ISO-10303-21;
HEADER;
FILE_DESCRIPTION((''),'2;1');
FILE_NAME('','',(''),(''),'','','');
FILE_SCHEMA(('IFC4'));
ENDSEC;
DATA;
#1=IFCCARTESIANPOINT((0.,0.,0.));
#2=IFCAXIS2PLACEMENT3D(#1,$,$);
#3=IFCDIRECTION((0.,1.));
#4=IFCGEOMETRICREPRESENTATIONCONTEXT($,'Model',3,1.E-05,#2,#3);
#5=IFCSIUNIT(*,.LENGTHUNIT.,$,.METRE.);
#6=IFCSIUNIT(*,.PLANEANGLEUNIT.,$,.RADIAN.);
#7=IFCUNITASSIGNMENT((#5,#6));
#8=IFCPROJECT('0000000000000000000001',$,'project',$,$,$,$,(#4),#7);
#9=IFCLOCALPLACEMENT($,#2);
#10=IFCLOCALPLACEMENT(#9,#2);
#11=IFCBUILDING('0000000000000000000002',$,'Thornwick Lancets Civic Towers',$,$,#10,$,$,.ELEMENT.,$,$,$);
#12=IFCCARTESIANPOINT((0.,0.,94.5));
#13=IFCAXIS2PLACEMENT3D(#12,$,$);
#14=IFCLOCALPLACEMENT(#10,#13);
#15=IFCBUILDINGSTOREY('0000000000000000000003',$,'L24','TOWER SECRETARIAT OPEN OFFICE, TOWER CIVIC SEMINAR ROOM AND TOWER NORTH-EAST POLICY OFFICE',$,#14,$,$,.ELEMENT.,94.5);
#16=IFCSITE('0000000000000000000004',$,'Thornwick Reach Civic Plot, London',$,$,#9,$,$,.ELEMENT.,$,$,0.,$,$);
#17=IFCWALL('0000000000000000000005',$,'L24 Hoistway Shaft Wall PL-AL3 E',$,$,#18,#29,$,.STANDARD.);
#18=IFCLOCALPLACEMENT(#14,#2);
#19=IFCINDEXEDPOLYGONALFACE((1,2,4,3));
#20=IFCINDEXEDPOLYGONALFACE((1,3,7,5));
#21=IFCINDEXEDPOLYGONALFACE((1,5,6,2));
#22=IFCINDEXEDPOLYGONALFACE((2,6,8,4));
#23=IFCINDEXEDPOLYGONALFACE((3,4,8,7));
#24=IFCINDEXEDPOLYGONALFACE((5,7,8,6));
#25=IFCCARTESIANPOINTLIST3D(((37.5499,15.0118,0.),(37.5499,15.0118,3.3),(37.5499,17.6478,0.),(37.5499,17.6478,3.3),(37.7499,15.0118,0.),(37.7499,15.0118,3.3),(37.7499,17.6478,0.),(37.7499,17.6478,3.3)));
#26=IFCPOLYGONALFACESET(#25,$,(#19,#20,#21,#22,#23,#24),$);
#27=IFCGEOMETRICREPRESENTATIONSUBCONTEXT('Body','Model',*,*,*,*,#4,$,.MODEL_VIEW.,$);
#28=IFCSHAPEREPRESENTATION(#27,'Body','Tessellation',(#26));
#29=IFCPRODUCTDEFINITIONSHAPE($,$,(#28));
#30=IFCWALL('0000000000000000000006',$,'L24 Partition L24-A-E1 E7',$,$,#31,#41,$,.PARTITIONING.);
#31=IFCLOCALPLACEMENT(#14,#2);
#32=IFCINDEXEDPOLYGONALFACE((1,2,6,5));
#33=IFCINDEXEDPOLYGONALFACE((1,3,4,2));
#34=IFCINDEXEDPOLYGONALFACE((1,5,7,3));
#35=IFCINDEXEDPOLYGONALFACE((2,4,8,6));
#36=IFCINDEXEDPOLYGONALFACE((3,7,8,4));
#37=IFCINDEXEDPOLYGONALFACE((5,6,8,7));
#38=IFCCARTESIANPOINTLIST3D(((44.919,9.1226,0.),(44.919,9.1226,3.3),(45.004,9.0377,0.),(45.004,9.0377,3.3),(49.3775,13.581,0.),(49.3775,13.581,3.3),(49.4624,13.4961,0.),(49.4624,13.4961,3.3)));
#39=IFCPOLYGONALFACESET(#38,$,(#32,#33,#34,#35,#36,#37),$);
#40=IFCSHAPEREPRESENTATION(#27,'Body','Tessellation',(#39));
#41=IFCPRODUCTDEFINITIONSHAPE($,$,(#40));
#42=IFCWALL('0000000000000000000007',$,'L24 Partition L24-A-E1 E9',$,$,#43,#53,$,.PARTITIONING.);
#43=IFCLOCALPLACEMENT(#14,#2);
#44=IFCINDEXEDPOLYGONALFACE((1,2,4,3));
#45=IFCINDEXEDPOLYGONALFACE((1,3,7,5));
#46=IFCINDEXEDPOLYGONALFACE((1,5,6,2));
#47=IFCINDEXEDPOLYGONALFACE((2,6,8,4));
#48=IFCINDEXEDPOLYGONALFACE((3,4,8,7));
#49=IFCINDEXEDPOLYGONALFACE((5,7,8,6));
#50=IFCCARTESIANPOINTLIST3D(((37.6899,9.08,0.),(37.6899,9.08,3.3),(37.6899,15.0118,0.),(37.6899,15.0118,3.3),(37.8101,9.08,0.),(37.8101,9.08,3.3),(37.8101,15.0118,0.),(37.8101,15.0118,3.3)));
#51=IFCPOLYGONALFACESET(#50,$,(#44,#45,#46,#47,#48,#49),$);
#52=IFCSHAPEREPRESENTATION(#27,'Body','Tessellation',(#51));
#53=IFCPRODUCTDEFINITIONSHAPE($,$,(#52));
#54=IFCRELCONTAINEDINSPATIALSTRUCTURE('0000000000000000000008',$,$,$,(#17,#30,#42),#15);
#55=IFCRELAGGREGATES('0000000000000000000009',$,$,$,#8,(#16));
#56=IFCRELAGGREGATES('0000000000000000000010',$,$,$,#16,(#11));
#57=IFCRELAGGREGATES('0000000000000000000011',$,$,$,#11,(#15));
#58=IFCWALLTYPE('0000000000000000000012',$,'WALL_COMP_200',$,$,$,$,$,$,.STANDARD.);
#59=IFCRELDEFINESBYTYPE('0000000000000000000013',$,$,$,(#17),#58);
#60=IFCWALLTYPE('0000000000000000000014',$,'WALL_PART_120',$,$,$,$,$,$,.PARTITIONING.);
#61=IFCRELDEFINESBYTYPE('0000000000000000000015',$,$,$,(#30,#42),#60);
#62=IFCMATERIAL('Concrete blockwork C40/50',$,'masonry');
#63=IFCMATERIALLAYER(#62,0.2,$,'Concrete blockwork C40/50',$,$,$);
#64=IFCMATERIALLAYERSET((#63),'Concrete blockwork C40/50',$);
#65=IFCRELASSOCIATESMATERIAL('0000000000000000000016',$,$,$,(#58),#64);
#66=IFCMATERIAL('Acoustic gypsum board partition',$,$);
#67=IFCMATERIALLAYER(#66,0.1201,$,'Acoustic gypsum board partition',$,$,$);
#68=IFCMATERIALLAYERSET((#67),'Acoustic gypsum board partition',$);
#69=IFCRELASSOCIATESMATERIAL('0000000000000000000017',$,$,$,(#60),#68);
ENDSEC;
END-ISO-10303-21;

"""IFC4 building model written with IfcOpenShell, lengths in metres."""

from ifc_helpers import new_model, si_unit, direction, frame, frame_2d, origin, place, context, subcontext, project, spatial, rectangle, extrude, material, layer, layer_set, type_object, element, save


model = new_model("IFC4")

# Units and contexts
model_context = context("Model", 3, precision=1e-05, world=origin(), true_north=direction((0.0, 1.0)))
body_context = subcontext(model_context, "Body", "Model", "MODEL_VIEW")
ifc_project = project(units=[si_unit("LENGTHUNIT", "METRE"), si_unit("PLANEANGLEUNIT", "RADIAN")], contexts=[model_context])

# Site, building, storey
site_placement = place(None, origin())
site = spatial("IfcSite", under=ifc_project, at=site_placement, Name="Thornwick Reach Civic Plot, London", CompositionType="ELEMENT", RefElevation=0.0)
building_placement = place(site_placement, origin())
building = spatial("IfcBuilding", under=site, at=building_placement, Name="Thornwick Lancets Civic Towers", CompositionType="ELEMENT")
storey_placement = place(building_placement, frame((0.0, 0.0, 94.5)))
storey = spatial("IfcBuildingStorey", under=building, at=storey_placement, Name="L24", Description="TOWER SECRETARIAT OPEN OFFICE, TOWER CIVIC SEMINAR ROOM AND TOWER NORTH-EAST POLICY OFFICE", CompositionType="ELEMENT", Elevation=94.5)

# Shared definitions
ifc_material_1 = material(Name="Concrete blockwork C40/50", Category="masonry")
ifc_layer_1 = layer(ifc_material_1, 0.2, Name="Concrete blockwork C40/50")
ifc_layer_set_1 = layer_set([ifc_layer_1], Name="Concrete blockwork C40/50")
wall_type_1 = type_object("IfcWallType", Name="WALL_COMP_200", PredefinedType="STANDARD", material=ifc_layer_set_1)

# Walls
for number, where, z_axis, x_axis, name in (
    (1, (37.6499, 15.012, 0.0), (0.0, 0.0, 1.0), (0.0, 1.0, 0.0), "L24 Hoistway Shaft Wall PL-AL3 E"),
):
    element("IfcWall", number, at=place(storey_placement, frame(where, z_axis=z_axis, x_axis=x_axis)), inside=storey, type_object=wall_type_1, Name=name, PredefinedType="STANDARD", context=body_context, shape_type="SweptSolid", body=[
        extrude(rectangle(XDim=2.636, YDim=0.2, at=frame_2d((1.3179, 0.0))), origin(), (0.0, 0.0, 1.0), 3.3),
    ])
ifc_material_2 = material(Name="Acoustic gypsum board partition")
ifc_layer_2 = layer(ifc_material_2, 0.1201, Name="Acoustic gypsum board partition")
ifc_layer_set_2 = layer_set([ifc_layer_2], Name="Acoustic gypsum board partition")
wall_type_2 = type_object("IfcWallType", Name="WALL_PART_120", PredefinedType="PARTITIONING", material=ifc_layer_set_2)
wall_1_placement = place(storey_placement, frame((49.4199, 13.5386, 0.0), z_axis=(0.0, 0.0, 1.0), x_axis=(-0.707107, -0.707107, 0.0)))
element("IfcWall", 2, at=wall_1_placement, inside=storey, type_object=wall_type_2, Name="L24 Partition L24-A-E1 E7", PredefinedType="PARTITIONING", context=body_context, shape_type="SweptSolid", body=[
    extrude(rectangle(XDim=6.3052, YDim=0.1201, at=frame_2d((3.1526, 0.0))), origin(), (0.0, 0.0, 1.0), 3.3),
])
wall_2_placement = place(storey_placement, frame((37.75, 9.0801, 0.0), z_axis=(0.0, 0.0, 1.0), x_axis=(0.0, 1.0, 0.0)))
element("IfcWall", 3, at=wall_2_placement, inside=storey, type_object=wall_type_2, Name="L24 Partition L24-A-E1 E9", PredefinedType="PARTITIONING", context=body_context, shape_type="SweptSolid", body=[
    extrude(rectangle(XDim=5.9319, YDim=0.1201, at=frame_2d((2.9658, 0.0))), origin(), (0.0, 0.0, 1.0), 3.3),
])

save(model, "model.ifc")
